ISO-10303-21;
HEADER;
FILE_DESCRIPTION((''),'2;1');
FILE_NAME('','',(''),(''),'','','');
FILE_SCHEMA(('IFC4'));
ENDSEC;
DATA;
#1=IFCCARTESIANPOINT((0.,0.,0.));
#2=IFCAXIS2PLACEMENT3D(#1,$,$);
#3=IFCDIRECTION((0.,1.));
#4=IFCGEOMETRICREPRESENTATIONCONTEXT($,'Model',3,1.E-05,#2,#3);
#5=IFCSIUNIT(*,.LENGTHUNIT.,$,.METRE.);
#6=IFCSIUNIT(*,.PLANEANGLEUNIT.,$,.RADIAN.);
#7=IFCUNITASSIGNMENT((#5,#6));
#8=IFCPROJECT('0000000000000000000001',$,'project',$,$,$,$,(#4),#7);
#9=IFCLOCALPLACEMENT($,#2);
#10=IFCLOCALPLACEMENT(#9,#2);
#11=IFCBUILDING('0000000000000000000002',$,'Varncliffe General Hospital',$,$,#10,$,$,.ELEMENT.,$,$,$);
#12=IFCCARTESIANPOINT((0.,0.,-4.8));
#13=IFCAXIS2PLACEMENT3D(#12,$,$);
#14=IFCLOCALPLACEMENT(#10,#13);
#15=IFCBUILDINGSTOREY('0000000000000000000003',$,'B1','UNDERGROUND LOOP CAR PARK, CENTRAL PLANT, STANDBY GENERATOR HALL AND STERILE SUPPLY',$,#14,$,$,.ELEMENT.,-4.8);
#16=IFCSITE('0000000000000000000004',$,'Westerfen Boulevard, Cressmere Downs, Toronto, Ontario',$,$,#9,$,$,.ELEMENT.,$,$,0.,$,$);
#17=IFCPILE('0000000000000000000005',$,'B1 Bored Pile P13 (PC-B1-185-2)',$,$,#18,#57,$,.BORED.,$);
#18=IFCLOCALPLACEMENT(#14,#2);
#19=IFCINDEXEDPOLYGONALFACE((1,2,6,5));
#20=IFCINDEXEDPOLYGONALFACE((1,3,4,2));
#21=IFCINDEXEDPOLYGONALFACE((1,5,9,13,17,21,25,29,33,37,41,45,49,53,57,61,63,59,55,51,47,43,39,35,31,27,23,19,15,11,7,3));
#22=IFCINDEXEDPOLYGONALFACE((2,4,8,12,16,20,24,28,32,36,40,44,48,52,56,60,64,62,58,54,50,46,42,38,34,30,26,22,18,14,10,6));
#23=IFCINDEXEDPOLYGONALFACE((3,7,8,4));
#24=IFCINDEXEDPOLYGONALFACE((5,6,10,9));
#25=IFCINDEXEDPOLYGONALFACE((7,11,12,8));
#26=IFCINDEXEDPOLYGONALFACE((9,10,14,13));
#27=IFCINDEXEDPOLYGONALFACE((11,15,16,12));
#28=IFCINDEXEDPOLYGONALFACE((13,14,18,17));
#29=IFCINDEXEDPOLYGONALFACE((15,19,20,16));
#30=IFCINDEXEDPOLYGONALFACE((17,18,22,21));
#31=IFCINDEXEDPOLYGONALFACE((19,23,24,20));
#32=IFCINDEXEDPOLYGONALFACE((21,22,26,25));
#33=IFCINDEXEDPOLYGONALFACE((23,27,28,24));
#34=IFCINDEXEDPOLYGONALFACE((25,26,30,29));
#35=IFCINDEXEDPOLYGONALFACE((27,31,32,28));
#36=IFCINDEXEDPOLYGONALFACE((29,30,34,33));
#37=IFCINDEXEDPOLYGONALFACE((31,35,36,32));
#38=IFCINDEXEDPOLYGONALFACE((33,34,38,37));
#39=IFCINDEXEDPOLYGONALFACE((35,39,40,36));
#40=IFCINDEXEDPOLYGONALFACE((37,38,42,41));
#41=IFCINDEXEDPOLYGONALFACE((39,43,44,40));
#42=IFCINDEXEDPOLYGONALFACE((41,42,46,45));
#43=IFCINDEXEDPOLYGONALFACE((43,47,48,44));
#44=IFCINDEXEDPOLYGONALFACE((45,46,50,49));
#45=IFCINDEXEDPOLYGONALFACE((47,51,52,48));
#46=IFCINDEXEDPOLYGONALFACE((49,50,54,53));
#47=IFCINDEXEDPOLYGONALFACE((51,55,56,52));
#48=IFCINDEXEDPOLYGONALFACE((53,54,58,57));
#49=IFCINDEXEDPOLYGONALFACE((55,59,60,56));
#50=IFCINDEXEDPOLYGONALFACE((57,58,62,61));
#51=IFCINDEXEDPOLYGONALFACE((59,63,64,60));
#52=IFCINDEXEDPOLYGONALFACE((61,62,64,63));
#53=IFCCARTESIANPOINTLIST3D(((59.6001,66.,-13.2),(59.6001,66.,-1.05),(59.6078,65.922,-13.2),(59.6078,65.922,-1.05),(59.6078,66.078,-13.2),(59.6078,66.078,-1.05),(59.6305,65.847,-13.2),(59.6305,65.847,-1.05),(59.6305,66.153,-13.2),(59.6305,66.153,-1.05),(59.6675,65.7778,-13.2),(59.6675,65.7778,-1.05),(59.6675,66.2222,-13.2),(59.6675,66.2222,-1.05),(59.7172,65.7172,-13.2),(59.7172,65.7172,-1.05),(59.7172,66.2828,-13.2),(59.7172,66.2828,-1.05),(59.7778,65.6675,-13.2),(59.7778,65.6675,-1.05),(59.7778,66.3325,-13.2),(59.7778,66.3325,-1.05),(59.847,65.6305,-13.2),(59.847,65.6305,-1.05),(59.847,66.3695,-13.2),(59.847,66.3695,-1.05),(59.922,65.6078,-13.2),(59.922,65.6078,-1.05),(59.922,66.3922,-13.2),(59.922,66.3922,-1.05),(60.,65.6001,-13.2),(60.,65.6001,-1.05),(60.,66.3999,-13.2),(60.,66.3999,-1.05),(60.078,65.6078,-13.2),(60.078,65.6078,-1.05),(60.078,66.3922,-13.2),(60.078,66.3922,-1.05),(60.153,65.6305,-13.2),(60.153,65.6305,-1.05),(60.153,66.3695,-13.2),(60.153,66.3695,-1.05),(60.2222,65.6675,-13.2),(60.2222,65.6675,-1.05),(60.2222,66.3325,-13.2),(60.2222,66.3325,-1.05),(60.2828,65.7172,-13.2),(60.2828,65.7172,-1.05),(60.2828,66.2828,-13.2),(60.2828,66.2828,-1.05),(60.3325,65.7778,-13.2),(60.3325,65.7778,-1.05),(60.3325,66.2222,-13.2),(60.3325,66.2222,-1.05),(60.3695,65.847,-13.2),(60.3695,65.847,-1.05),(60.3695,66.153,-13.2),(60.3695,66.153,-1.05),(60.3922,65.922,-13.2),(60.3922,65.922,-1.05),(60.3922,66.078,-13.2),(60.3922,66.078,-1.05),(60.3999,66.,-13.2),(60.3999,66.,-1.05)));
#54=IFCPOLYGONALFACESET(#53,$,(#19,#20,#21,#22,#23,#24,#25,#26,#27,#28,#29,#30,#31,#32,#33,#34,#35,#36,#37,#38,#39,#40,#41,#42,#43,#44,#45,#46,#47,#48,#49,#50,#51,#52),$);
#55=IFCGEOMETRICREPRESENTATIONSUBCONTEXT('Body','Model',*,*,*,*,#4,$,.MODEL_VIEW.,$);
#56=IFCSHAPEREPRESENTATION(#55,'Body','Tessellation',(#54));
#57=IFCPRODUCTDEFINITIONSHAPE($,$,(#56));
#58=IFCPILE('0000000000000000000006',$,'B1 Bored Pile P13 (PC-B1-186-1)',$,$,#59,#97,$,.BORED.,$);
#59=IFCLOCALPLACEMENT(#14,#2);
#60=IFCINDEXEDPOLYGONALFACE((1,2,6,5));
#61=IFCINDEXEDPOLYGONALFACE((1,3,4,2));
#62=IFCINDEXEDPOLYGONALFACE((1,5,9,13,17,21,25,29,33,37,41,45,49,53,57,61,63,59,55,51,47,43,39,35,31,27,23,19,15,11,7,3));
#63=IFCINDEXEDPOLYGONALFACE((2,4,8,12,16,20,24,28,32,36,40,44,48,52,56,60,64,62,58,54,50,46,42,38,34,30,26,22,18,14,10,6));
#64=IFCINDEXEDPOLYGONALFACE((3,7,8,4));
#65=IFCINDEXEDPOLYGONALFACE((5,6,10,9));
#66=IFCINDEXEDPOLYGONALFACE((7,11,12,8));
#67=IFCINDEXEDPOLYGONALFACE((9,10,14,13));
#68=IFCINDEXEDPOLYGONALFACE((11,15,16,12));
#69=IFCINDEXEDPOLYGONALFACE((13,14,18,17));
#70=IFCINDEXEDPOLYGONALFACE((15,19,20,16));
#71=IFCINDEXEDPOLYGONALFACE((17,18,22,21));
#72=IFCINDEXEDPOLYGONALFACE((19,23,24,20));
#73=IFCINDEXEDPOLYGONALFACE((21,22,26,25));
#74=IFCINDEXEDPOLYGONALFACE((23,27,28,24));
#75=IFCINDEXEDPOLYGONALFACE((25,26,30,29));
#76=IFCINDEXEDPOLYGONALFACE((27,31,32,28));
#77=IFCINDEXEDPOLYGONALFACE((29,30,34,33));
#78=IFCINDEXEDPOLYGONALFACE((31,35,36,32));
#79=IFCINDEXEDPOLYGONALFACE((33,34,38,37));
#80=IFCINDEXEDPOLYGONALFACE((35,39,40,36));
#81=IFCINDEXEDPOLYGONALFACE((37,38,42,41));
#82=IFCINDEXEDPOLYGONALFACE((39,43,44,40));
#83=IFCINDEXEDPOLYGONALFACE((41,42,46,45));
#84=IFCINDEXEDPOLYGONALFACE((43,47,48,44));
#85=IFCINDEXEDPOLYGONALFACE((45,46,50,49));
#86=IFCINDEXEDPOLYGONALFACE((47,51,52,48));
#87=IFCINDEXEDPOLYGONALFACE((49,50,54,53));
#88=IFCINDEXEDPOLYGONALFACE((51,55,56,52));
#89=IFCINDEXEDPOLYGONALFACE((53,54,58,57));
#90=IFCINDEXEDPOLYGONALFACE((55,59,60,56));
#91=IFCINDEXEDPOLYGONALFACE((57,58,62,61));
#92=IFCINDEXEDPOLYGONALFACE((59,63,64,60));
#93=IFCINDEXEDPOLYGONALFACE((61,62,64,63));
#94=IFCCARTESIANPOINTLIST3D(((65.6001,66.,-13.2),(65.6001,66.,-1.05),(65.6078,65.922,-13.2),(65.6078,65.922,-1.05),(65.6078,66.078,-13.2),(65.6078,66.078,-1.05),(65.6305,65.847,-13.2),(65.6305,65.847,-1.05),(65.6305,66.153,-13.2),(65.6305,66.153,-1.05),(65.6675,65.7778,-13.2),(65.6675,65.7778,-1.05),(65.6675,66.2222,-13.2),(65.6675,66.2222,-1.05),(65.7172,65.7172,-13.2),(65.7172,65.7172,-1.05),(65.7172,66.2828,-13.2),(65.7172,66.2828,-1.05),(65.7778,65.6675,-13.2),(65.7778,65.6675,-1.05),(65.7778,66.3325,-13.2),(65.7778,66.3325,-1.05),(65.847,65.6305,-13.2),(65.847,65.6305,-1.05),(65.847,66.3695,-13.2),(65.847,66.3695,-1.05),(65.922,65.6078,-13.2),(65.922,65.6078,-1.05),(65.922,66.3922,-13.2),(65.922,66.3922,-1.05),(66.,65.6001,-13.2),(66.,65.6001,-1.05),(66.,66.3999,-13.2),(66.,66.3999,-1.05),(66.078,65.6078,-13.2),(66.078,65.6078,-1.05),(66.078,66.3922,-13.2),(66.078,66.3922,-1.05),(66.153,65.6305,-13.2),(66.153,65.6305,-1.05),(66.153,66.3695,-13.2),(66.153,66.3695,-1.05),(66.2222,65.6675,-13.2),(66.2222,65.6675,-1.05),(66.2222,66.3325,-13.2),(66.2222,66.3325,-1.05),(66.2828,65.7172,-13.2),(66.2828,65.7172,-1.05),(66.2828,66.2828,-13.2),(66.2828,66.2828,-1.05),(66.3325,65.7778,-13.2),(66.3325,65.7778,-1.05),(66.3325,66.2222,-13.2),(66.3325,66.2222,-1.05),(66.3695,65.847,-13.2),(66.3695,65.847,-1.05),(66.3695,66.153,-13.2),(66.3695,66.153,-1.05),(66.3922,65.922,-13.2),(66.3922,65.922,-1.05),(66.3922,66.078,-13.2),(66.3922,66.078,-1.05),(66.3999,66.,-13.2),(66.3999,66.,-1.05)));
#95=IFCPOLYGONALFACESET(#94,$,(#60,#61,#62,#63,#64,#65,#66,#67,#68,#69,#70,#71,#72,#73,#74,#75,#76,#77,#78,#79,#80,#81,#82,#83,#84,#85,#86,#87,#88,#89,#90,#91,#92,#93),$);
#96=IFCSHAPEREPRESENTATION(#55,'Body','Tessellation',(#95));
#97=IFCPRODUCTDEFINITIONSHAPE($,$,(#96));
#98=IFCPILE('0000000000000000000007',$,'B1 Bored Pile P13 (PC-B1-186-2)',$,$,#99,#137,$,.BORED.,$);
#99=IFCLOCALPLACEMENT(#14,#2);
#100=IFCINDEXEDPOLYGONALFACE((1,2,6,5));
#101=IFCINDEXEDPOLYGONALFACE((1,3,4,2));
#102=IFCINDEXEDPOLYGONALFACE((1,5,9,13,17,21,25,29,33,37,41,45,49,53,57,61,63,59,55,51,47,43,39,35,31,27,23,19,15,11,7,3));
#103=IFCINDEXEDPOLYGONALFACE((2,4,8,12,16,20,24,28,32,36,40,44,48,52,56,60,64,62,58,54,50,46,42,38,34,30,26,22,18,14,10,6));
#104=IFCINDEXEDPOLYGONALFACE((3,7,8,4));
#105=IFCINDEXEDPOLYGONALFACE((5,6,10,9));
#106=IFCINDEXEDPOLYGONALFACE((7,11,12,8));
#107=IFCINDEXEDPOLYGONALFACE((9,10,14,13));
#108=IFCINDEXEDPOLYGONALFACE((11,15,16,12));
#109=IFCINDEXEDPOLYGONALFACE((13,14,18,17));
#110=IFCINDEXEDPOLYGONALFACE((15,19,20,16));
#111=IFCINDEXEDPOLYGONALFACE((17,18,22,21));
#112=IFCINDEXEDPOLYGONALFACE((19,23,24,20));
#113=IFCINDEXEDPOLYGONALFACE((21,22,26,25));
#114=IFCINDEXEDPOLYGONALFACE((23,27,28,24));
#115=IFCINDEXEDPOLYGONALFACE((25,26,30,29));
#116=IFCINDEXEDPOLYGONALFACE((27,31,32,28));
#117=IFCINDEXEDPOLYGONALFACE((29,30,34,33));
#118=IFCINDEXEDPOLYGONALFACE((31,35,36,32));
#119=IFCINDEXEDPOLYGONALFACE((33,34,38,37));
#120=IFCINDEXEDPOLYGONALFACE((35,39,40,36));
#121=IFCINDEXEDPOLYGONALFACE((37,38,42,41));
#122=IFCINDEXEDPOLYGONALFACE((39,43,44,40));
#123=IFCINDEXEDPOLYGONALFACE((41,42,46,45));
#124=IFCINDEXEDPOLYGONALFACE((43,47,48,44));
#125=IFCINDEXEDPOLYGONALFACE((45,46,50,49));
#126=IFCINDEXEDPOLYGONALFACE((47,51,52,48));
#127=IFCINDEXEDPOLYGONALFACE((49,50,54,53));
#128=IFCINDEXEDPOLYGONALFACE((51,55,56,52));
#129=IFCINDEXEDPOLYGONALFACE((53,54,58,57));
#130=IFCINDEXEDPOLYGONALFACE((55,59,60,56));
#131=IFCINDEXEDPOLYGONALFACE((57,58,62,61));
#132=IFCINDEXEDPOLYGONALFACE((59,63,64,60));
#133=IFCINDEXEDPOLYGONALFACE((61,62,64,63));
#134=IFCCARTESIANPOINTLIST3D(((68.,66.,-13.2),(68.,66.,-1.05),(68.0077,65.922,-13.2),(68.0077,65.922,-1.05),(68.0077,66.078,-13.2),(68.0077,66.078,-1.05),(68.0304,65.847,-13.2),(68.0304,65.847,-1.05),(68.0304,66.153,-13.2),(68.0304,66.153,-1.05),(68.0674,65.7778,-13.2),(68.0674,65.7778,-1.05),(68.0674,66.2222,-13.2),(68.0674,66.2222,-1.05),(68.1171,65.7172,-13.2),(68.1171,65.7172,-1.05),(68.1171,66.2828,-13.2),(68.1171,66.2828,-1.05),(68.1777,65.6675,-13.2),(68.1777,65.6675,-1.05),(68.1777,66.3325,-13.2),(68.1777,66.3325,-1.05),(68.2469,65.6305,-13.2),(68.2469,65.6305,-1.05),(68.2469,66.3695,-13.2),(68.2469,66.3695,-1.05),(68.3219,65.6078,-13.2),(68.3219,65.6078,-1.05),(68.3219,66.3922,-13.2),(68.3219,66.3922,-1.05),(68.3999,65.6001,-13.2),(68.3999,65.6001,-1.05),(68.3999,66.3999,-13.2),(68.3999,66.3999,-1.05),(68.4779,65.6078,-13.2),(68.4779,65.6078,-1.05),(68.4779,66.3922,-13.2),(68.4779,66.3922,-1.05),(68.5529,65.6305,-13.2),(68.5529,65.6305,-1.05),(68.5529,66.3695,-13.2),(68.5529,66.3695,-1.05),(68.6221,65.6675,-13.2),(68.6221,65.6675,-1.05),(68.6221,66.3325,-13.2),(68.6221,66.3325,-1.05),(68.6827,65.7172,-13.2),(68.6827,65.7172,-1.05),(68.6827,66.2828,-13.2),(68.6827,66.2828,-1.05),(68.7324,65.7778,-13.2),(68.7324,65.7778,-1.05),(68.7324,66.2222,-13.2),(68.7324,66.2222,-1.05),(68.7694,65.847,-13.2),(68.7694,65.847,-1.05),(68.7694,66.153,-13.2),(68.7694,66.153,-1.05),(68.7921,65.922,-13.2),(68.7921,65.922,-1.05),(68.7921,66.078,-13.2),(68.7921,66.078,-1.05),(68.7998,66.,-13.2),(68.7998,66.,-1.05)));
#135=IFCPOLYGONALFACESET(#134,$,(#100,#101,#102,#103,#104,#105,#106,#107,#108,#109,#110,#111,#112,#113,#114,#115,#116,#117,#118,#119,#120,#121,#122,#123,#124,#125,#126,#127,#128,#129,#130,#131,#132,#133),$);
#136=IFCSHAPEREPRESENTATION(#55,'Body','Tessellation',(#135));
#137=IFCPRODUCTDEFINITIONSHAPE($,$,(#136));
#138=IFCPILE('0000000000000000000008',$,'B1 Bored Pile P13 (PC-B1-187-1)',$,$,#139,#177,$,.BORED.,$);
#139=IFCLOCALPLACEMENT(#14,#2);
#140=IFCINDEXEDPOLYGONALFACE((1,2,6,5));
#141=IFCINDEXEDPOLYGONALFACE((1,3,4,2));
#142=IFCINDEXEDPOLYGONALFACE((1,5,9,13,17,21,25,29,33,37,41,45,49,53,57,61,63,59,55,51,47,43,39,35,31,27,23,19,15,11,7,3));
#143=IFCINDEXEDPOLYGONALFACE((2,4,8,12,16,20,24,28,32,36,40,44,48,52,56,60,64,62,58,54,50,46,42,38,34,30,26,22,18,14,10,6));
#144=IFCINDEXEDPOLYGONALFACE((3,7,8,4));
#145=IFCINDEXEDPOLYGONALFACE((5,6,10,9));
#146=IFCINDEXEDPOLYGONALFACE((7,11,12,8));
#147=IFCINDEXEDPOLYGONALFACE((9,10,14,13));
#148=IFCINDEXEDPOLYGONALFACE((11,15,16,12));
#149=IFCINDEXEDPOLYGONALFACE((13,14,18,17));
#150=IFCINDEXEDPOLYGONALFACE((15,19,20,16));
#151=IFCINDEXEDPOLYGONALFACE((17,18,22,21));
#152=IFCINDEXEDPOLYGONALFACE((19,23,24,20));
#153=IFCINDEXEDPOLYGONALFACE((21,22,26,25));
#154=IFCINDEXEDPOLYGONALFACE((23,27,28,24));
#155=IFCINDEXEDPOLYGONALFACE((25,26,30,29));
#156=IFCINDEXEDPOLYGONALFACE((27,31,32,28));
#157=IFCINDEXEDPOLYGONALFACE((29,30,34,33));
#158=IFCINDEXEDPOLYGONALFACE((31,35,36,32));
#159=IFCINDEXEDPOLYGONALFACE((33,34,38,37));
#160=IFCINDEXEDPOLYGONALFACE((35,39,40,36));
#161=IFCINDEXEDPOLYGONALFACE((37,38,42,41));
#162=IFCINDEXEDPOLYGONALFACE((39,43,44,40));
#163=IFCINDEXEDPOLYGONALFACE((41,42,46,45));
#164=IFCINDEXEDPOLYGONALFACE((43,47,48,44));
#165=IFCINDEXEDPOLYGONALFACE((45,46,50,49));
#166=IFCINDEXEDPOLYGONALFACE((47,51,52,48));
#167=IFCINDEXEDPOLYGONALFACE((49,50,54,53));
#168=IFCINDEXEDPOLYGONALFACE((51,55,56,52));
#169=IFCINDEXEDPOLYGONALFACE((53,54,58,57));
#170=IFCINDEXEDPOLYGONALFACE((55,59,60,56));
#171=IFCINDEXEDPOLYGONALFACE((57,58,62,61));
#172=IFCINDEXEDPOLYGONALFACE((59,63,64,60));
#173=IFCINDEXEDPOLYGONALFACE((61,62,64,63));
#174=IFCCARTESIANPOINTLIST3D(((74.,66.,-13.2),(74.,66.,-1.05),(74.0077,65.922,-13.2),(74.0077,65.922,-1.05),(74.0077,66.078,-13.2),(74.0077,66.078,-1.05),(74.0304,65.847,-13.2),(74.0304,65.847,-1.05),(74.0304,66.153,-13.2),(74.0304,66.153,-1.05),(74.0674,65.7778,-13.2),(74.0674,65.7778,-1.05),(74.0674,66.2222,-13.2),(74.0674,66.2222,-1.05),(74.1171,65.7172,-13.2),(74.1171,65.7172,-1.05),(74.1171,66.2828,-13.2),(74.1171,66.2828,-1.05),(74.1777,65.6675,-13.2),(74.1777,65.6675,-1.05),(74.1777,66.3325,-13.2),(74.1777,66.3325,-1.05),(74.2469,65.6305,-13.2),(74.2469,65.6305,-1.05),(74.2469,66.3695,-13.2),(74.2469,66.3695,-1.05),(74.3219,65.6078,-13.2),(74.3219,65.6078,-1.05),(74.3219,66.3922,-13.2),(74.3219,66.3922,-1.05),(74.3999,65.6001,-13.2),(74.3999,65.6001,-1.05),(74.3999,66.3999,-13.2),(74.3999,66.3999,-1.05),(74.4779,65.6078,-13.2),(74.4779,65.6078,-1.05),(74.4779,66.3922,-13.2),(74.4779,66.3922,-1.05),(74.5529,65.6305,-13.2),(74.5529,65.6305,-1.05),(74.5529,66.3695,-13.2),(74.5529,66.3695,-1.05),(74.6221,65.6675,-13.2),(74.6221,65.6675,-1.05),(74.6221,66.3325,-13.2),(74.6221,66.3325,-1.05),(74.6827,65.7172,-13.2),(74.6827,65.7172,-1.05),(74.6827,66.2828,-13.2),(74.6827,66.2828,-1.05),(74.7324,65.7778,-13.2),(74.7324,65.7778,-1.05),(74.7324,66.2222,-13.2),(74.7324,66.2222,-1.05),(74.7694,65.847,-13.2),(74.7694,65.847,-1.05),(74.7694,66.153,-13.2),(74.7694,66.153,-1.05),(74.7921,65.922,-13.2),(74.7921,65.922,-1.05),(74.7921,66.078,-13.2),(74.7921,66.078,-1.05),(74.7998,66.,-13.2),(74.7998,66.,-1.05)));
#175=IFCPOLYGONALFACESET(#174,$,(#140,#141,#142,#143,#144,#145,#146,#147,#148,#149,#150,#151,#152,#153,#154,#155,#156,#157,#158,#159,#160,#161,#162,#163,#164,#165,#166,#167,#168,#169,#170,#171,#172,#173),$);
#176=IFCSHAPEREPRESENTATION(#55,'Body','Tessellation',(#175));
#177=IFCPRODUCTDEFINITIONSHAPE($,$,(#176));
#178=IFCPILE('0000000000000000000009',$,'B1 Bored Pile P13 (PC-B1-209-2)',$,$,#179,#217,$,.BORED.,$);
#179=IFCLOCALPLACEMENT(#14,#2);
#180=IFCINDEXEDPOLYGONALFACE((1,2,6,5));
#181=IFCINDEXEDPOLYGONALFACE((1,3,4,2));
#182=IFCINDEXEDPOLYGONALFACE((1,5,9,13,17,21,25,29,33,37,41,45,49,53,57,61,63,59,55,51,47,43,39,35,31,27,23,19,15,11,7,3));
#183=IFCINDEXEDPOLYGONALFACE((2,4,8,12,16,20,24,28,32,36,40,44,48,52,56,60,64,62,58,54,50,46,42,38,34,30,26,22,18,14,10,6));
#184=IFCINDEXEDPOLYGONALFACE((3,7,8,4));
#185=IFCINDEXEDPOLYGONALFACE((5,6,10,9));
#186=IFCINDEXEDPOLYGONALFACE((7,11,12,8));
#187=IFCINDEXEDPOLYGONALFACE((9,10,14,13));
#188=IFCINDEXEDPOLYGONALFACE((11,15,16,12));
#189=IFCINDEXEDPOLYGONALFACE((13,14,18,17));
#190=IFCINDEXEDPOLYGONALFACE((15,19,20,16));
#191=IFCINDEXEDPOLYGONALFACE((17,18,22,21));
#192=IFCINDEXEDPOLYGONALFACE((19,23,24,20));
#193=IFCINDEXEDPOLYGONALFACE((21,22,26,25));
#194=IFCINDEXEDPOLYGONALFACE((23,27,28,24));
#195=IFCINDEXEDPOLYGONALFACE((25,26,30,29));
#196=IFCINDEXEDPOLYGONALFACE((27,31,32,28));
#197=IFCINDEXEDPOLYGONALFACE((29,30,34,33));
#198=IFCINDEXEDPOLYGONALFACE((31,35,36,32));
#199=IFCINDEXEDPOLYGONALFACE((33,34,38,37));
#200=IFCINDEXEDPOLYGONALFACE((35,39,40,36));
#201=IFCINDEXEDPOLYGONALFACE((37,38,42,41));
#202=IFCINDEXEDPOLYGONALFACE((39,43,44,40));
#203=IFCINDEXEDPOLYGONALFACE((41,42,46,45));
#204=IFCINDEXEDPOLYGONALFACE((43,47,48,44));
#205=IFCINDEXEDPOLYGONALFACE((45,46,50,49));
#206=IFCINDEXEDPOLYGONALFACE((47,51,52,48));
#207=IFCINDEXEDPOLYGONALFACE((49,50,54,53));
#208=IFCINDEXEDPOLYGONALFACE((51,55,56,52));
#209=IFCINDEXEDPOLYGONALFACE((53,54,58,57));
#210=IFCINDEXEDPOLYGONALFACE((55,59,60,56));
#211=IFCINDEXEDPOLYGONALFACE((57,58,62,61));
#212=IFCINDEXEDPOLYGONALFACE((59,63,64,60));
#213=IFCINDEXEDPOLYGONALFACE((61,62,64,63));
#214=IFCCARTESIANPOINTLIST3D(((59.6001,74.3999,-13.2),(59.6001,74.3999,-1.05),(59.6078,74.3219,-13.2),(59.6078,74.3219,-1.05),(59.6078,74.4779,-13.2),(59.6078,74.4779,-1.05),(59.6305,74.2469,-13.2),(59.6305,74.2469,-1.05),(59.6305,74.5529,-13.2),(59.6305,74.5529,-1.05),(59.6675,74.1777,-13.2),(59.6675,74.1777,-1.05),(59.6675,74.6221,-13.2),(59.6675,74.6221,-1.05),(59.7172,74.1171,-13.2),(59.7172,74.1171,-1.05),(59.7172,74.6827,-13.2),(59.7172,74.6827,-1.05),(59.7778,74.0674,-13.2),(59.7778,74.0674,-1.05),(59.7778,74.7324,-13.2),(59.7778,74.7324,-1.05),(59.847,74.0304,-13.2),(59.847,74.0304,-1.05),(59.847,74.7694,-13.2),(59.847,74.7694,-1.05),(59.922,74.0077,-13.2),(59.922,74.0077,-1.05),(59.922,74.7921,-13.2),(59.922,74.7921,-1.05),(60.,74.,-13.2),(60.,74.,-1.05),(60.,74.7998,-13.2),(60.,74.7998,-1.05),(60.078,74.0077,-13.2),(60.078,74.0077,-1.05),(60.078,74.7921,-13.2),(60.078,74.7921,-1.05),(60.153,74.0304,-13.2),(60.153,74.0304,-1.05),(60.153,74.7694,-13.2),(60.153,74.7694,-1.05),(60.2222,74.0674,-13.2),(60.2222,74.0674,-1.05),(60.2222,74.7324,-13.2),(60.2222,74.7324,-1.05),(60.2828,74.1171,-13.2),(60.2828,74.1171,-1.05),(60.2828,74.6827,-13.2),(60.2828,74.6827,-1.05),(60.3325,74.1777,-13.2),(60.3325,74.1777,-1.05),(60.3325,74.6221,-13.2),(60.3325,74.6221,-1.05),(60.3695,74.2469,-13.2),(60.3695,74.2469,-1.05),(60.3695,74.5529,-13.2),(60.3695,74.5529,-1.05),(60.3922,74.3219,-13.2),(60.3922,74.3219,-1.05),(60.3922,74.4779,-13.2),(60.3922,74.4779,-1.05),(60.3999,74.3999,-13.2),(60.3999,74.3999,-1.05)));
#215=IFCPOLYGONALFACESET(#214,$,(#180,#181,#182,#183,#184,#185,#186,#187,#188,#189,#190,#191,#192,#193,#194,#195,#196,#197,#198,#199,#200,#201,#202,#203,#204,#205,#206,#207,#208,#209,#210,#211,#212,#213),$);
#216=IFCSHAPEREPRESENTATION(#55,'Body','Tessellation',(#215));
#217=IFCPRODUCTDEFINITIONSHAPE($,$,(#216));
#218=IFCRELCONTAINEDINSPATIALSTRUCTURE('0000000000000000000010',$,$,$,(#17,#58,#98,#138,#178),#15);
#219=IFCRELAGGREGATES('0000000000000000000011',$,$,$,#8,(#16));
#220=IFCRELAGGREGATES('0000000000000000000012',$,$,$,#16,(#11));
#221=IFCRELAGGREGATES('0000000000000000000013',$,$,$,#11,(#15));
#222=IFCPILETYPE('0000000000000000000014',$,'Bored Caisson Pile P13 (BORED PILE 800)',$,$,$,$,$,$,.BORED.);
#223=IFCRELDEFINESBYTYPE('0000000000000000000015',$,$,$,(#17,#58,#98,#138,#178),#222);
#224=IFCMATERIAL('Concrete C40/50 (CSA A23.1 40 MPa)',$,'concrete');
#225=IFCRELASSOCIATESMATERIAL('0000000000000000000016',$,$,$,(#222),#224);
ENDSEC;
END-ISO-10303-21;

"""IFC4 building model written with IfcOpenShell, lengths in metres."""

from ifc_helpers import new_model, si_unit, direction, frame, origin, origin_2d, place, context, subcontext, project, spatial, circle, extrude, material, material_profile, profile_set, type_object, element, save


model = new_model("IFC4")

# Units and contexts
model_context = context("Model", 3, precision=1e-05, world=origin(), true_north=direction((0.0, 1.0)))
body_context = subcontext(model_context, "Body", "Model", "MODEL_VIEW")
ifc_project = project(units=[si_unit("LENGTHUNIT", "METRE"), si_unit("PLANEANGLEUNIT", "RADIAN")], contexts=[model_context])

# Site, building, storey
site_placement = place(None, origin())
site = spatial("IfcSite", under=ifc_project, at=site_placement, Name="Westerfen Boulevard, Cressmere Downs, Toronto, Ontario", CompositionType="ELEMENT", RefElevation=0.0)
building_placement = place(site_placement, origin())
building = spatial("IfcBuilding", under=site, at=building_placement, Name="Varncliffe General Hospital", CompositionType="ELEMENT")
storey_placement = place(building_placement, frame((0.0, 0.0, -4.8)))
storey = spatial("IfcBuildingStorey", under=building, at=storey_placement, Name="B1", Description="UNDERGROUND LOOP CAR PARK, CENTRAL PLANT, STANDBY GENERATOR HALL AND STERILE SUPPLY", CompositionType="ELEMENT", Elevation=-4.8)

# Piles
ifc_material_1 = material(Name="Concrete C40/50 (CSA A23.1 40 MPa)", Category="concrete")
ifc_material_profile_1 = material_profile(ifc_material_1, circle(Radius=0.3999, at=origin_2d()), Name="BORED PILE 800")
ifc_profile_set_1 = profile_set([ifc_material_profile_1], Name="Concrete C40/50 (CSA A23.1 40 MPa)")
pile_type = type_object("IfcPileType", Name="Bored Caisson Pile P13 (BORED PILE 800)", PredefinedType="BORED", material=ifc_profile_set_1)
for number, where, z_axis, x_axis, name in (
    (1, (60.0, 66.0, -1.05), (0.0, 0.0, -1.0), (1.0, 0.0, 0.0), "B1 Bored Pile P13 (PC-B1-185-2)"),
    (2, (66.0, 66.0, -1.05), (0.0, 0.0, -1.0), (1.0, 0.0, 0.0), "B1 Bored Pile P13 (PC-B1-186-1)"),
    (3, (68.3999, 66.0, -1.05), (0.0, 0.0, -1.0), (1.0, 0.0, 0.0), "B1 Bored Pile P13 (PC-B1-186-2)"),
    (4, (74.3999, 66.0, -1.05), (0.0, 0.0, -1.0), (1.0, 0.0, 0.0), "B1 Bored Pile P13 (PC-B1-187-1)"),
    (5, (60.0, 74.3999, -1.05), (0.0, 0.0, -1.0), (1.0, 0.0, 0.0), "B1 Bored Pile P13 (PC-B1-209-2)"),
):
    element("IfcPile", number, at=place(storey_placement, frame(where, z_axis=z_axis, x_axis=x_axis)), inside=storey, type_object=pile_type, Name=name, PredefinedType="BORED", context=body_context, shape_type="SweptSolid", body=[
        extrude(circle(Radius=0.3999, at=origin_2d()), origin(), (0.0, 0.0, 1.0), 12.1499),
    ])

save(model, "model.ifc")
